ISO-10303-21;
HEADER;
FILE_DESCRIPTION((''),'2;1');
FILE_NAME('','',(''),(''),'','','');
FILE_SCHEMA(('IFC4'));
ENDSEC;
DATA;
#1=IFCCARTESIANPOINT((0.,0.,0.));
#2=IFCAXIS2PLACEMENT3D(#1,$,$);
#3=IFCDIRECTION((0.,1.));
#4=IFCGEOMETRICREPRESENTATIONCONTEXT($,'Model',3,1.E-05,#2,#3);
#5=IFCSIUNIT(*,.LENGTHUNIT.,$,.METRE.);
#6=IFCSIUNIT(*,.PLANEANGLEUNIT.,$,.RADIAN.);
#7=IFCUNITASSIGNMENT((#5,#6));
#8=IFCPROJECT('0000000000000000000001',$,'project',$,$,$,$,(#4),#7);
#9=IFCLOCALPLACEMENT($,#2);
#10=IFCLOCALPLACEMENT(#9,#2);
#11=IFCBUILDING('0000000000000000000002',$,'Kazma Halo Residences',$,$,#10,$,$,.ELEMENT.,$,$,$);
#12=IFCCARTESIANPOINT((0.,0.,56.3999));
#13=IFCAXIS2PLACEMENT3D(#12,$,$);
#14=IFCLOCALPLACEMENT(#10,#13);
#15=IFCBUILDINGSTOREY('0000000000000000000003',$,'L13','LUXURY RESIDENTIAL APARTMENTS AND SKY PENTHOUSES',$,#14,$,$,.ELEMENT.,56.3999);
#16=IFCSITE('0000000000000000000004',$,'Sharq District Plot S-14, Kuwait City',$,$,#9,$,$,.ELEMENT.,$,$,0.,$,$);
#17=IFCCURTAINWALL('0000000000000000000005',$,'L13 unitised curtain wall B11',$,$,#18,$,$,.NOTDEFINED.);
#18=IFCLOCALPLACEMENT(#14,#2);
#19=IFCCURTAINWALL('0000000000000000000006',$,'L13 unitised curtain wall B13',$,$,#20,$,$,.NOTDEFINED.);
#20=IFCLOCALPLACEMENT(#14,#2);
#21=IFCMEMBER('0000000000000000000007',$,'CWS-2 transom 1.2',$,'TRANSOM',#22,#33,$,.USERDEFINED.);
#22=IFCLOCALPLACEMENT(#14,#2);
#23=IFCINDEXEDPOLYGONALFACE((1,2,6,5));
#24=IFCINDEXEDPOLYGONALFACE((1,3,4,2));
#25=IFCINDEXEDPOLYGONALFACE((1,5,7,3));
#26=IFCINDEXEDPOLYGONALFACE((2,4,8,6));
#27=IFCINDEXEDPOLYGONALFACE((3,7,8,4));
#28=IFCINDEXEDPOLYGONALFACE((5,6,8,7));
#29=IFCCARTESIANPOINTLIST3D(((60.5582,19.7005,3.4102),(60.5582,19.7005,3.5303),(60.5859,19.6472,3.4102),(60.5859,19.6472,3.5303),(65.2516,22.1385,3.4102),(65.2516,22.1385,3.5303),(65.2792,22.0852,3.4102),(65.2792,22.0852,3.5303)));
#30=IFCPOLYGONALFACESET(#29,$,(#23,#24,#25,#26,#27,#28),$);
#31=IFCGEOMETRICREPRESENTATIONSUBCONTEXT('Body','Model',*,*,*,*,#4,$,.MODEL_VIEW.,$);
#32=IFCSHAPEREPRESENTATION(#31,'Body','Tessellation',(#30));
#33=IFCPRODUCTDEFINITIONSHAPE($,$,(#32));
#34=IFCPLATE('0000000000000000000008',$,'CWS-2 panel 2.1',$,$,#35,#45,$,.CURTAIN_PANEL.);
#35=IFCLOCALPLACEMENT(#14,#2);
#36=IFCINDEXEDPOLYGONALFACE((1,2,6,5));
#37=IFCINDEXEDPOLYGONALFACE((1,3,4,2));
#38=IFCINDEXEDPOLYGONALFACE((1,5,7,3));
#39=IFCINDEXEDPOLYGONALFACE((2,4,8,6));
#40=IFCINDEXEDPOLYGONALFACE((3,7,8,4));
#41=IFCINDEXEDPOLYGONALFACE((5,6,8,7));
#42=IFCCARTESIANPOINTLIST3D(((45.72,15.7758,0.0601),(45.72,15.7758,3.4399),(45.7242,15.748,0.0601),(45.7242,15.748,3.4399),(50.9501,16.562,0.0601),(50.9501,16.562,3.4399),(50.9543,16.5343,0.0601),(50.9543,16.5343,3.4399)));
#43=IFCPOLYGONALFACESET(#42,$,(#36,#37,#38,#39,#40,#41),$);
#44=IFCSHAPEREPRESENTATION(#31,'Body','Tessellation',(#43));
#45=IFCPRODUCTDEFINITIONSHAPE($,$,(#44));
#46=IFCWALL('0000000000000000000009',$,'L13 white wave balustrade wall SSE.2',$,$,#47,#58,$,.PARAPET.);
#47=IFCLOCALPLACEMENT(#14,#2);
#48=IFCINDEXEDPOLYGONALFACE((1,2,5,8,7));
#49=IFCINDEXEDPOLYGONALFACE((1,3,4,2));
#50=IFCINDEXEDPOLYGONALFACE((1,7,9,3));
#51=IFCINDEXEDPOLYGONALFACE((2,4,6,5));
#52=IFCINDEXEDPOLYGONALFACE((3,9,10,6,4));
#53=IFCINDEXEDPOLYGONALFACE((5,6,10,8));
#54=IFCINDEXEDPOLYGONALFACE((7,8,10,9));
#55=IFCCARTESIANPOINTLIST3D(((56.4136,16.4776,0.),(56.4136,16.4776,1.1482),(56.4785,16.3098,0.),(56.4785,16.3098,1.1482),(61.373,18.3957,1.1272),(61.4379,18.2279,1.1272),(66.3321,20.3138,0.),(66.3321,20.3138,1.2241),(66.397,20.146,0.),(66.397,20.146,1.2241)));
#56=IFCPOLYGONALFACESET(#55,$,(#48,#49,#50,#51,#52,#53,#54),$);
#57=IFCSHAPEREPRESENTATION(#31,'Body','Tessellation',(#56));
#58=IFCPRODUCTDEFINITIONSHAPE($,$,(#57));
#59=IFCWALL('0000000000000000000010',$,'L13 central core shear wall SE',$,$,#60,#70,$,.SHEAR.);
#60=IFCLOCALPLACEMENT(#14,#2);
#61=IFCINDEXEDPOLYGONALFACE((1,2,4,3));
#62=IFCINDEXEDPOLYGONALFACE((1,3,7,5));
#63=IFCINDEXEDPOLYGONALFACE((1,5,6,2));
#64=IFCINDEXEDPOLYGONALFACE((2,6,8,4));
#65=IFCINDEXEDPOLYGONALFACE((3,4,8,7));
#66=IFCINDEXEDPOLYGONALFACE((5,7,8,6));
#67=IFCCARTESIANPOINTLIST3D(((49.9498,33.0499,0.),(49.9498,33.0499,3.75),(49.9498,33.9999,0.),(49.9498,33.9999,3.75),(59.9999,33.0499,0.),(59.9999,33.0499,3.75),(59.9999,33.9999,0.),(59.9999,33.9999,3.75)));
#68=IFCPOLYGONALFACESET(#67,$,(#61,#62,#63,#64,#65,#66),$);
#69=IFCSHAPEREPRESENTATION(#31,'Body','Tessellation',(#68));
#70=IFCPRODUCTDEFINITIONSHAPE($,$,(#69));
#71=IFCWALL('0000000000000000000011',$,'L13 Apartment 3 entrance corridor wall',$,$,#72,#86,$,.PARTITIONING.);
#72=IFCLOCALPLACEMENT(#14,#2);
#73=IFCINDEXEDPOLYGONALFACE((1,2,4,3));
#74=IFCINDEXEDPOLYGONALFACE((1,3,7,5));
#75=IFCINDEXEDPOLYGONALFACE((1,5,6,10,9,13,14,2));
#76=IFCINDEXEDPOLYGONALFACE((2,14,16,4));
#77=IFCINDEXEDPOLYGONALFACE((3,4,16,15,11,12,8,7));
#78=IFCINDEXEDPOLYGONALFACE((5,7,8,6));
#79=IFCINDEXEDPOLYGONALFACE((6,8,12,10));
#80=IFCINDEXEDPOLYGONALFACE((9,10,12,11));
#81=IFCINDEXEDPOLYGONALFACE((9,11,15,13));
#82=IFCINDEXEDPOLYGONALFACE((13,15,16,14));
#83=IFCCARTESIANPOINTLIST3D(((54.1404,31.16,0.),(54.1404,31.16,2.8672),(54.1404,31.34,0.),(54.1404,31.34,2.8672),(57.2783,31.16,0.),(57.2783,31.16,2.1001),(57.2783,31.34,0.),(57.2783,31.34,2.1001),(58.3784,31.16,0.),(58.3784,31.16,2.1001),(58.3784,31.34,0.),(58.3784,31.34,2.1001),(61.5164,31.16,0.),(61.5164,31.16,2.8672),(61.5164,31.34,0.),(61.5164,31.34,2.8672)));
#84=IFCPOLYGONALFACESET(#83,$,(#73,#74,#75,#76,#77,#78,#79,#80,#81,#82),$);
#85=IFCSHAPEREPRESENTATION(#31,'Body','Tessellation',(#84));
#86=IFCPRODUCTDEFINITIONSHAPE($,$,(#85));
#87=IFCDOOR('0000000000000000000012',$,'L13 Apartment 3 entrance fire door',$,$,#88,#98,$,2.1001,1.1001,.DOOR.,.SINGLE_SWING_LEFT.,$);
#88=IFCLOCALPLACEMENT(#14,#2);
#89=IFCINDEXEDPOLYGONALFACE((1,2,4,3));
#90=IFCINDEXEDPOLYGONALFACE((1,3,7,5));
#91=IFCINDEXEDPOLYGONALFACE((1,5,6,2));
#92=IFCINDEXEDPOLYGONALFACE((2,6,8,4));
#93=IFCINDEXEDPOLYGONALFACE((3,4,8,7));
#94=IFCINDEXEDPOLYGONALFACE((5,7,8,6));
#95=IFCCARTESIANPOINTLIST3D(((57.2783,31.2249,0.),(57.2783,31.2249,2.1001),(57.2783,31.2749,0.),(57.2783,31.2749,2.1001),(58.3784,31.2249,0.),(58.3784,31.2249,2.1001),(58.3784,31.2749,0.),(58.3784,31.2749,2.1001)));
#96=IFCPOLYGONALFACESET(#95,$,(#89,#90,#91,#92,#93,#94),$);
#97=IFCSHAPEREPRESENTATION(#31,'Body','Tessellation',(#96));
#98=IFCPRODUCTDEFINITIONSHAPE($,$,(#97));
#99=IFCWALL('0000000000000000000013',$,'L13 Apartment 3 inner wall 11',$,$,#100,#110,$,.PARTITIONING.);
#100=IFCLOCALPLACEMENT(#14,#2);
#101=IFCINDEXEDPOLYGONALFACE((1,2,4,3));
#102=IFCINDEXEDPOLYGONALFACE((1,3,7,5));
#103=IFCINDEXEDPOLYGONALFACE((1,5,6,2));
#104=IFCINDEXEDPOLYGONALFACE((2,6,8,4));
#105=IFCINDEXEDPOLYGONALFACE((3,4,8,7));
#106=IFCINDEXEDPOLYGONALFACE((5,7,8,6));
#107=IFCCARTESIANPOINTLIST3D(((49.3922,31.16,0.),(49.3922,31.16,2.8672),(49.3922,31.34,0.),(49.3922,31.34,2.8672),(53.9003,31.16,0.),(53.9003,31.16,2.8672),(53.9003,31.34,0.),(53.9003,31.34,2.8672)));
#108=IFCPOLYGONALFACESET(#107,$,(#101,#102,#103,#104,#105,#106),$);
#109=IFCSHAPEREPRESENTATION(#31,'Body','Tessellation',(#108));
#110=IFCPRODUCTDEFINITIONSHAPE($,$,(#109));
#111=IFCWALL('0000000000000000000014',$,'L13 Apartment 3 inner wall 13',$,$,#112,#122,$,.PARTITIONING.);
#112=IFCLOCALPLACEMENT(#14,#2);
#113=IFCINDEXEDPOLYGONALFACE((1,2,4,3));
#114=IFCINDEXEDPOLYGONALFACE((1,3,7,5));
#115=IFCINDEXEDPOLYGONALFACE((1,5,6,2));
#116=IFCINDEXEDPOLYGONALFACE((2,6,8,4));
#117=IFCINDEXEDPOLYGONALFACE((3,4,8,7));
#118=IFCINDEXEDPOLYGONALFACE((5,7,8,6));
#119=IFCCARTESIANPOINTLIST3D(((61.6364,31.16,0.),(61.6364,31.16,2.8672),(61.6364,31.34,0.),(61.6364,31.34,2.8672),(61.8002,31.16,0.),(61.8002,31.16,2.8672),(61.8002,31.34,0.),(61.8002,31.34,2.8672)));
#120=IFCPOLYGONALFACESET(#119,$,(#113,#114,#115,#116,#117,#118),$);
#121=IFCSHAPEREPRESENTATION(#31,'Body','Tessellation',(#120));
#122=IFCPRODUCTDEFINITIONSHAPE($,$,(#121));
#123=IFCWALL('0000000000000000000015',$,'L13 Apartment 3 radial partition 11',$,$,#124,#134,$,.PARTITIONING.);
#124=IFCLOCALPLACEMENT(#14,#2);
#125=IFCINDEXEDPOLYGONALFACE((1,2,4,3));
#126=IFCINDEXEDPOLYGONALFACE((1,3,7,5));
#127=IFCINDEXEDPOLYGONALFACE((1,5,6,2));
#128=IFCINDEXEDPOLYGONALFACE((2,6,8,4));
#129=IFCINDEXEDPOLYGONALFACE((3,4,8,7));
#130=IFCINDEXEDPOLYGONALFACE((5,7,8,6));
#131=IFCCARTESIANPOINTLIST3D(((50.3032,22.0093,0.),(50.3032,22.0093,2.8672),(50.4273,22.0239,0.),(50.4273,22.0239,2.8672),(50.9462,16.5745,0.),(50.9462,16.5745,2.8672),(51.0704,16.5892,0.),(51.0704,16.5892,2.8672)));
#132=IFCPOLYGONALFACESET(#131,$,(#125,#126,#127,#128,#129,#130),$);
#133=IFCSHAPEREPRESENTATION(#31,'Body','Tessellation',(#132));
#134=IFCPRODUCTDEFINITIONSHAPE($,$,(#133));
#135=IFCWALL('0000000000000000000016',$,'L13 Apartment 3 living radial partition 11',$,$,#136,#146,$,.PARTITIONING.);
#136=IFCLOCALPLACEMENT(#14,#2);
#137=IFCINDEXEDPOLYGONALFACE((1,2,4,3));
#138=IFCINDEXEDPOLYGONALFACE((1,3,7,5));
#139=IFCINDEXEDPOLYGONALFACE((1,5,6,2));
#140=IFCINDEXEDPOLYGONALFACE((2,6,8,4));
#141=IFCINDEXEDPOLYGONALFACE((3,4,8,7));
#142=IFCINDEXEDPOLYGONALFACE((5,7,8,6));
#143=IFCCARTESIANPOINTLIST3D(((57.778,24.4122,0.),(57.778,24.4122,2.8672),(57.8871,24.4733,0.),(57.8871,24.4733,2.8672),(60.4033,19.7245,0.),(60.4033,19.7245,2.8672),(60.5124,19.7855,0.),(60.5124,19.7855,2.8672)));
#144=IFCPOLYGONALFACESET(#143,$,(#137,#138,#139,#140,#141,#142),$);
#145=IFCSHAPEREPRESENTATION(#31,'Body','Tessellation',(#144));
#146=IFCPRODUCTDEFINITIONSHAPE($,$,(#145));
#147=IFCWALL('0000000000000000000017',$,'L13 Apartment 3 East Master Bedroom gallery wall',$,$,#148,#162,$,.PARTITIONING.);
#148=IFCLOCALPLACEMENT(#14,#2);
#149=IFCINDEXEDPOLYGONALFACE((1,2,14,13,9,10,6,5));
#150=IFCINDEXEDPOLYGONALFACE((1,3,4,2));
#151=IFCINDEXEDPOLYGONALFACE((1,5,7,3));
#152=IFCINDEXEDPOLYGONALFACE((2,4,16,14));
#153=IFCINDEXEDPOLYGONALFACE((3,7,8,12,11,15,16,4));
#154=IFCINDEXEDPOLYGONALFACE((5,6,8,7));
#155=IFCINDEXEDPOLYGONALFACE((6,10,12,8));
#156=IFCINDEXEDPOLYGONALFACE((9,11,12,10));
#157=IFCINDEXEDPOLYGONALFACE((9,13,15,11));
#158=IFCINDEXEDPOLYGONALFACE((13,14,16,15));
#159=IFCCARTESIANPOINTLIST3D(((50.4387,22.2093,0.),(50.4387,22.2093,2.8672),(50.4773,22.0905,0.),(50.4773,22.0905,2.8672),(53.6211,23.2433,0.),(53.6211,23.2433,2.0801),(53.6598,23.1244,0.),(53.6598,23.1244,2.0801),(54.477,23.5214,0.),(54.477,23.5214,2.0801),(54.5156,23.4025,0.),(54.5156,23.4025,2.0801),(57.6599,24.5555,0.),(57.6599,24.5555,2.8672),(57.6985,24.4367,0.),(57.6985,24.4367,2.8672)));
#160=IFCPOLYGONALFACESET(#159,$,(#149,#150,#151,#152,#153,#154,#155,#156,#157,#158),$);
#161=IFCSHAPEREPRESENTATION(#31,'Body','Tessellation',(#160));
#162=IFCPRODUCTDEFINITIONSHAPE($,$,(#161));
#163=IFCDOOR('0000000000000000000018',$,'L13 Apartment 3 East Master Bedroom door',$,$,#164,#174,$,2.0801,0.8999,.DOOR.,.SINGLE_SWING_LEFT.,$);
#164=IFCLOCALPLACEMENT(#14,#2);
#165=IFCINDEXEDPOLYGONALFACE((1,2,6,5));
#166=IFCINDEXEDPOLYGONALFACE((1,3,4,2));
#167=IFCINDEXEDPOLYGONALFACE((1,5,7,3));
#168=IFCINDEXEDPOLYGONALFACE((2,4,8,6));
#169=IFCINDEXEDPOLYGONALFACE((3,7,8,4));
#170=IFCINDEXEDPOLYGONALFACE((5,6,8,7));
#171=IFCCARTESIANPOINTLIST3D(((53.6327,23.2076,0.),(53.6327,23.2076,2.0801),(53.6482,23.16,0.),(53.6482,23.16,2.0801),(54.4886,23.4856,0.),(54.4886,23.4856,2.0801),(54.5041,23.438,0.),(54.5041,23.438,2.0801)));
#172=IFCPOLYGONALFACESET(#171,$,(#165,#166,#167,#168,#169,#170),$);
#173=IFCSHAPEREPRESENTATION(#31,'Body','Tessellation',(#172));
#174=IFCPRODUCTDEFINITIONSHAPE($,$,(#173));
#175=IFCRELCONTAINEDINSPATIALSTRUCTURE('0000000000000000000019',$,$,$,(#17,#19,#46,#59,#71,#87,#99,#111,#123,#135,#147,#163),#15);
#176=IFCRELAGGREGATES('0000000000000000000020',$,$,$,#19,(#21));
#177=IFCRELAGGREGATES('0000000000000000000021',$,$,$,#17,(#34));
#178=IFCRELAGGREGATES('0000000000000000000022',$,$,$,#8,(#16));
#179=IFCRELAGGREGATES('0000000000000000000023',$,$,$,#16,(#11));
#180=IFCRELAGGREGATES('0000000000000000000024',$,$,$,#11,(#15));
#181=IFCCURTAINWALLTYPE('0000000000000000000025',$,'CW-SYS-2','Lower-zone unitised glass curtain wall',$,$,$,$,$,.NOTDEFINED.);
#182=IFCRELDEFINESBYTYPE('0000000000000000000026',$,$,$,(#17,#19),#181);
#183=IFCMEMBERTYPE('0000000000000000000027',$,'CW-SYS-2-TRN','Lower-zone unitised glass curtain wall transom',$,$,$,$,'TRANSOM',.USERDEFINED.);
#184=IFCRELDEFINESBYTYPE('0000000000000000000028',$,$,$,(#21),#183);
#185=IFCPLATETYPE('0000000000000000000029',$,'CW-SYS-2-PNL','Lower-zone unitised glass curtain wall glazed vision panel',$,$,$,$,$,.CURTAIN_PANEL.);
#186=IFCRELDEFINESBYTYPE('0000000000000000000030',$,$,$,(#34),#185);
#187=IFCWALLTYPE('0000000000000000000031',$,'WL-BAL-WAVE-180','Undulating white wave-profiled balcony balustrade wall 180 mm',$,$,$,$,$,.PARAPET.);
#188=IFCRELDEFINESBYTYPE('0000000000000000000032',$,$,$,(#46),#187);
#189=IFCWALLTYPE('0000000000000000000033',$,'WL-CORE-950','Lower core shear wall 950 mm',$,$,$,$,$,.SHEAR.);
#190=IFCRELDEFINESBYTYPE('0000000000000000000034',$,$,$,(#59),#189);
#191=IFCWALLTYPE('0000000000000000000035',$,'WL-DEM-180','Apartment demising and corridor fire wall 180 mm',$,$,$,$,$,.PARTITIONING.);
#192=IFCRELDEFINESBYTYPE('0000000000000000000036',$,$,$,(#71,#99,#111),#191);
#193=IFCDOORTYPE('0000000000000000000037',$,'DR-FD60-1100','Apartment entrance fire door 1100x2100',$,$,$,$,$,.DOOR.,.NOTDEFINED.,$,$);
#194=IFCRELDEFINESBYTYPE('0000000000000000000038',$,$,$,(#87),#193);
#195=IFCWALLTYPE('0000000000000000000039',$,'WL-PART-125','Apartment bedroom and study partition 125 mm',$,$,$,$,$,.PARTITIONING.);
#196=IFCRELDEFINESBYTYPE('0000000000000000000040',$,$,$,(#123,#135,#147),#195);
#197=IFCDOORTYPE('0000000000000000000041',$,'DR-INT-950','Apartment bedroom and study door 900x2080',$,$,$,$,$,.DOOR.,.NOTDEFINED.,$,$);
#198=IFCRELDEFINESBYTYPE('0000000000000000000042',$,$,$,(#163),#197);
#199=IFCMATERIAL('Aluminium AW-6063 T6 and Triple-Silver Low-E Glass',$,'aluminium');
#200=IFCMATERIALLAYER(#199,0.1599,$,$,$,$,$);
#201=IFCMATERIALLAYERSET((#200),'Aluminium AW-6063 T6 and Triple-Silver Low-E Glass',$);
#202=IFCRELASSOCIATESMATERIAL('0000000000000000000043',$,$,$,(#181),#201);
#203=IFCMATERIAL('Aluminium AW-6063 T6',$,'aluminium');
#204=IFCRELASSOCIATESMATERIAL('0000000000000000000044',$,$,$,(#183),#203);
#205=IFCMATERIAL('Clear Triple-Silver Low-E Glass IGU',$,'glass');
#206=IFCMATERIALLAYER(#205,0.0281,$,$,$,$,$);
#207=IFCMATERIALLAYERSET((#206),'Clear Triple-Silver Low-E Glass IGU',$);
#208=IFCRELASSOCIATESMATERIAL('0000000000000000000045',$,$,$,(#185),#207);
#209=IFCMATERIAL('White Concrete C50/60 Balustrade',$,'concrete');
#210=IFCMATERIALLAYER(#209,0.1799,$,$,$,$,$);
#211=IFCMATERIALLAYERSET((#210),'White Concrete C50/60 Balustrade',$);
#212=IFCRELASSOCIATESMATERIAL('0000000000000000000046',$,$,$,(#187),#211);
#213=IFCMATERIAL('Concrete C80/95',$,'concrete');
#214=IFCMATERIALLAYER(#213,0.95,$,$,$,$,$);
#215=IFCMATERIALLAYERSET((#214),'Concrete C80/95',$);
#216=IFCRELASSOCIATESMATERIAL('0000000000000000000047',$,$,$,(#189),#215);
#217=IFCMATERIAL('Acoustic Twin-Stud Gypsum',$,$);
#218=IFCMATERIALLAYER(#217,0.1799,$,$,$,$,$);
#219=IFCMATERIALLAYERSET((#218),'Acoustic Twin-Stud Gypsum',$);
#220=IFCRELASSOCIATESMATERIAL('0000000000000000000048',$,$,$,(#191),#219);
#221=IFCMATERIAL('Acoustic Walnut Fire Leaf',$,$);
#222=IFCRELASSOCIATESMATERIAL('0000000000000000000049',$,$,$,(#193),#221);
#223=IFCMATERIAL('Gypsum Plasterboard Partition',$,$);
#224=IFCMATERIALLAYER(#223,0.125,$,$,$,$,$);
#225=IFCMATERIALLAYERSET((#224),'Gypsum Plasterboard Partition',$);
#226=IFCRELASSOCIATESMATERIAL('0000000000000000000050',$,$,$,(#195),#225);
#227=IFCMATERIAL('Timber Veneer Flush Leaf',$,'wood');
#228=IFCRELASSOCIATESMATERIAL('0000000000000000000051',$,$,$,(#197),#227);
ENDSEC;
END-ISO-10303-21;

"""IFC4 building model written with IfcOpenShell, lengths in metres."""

from ifc_helpers import new_model, si_unit, direction, frame, frame_2d, origin, origin_2d, place, context, subcontext, project, spatial, polyline, rectangle, outline, extrude, material, layer, layer_set, material_profile, profile_set, type_object, element, fill, aggregate, save


model = new_model("IFC4")

# Units and contexts
model_context = context("Model", 3, precision=1e-05, world=origin(), true_north=direction((0.0, 1.0)))
body_context = subcontext(model_context, "Body", "Model", "MODEL_VIEW")
ifc_project = project(units=[si_unit("LENGTHUNIT", "METRE"), si_unit("PLANEANGLEUNIT", "RADIAN")], contexts=[model_context])

# Site, building, storey
site_placement = place(None, origin())
site = spatial("IfcSite", under=ifc_project, at=site_placement, Name="Sharq District Plot S-14, Kuwait City", CompositionType="ELEMENT", RefElevation=0.0)
building_placement = place(site_placement, origin())
building = spatial("IfcBuilding", under=site, at=building_placement, Name="Kazma Halo Residences", CompositionType="ELEMENT")
storey_placement = place(building_placement, frame((0.0, 0.0, 56.3999)))
storey = spatial("IfcBuildingStorey", under=building, at=storey_placement, Name="L13", Description="LUXURY RESIDENTIAL APARTMENTS AND SKY PENTHOUSES", CompositionType="ELEMENT", Elevation=56.3999)

# Shared definitions
ifc_material_1 = material(Name="Concrete C80/95", Category="concrete")

# Curtain wall
ifc_material_2 = material(Name="Aluminium AW-6063 T6 and Triple-Silver Low-E Glass", Category="aluminium")
ifc_layer_1 = layer(ifc_material_2, 0.1599)
ifc_layer_set_1 = layer_set([ifc_layer_1], Name="Aluminium AW-6063 T6 and Triple-Silver Low-E Glass")
curtain_wall_type = type_object("IfcCurtainWallType", Name="CW-SYS-2", Description="Lower-zone unitised glass curtain wall", PredefinedType="NOTDEFINED", material=ifc_layer_set_1)
curtain_wall_1_placement = place(storey_placement, origin())
curtain_wall_1 = element("IfcCurtainWall", 1, at=curtain_wall_1_placement, inside=storey, type_object=curtain_wall_type, Name="L13 unitised curtain wall B11", PredefinedType="NOTDEFINED")
ifc_material_3 = material(Name="Aluminium AW-6063 T6", Category="aluminium")

# Curtain wall, member
curtain_wall_2_placement = place(storey_placement, origin())
curtain_wall_2 = element("IfcCurtainWall", 2, at=curtain_wall_2_placement, inside=storey, type_object=curtain_wall_type, Name="L13 unitised curtain wall B13", PredefinedType="NOTDEFINED")
ifc_material_profile_1 = material_profile(ifc_material_3, rectangle(XDim=0.0601, YDim=0.1201, at=origin_2d()), Name="CWT-60x120")
ifc_profile_set_1 = profile_set([ifc_material_profile_1], Name="Aluminium AW-6063 T6")
member_type_1 = type_object("IfcMemberType", Name="CW-SYS-2-TRN", Description="Lower-zone unitised glass curtain wall transom", ElementType="TRANSOM", PredefinedType="USERDEFINED", material=ifc_profile_set_1)
member_1_placement = place(storey_placement, frame((60.572, 19.6738, 3.4702), z_axis=(0.887415, 0.460972, 0.0), x_axis=(-0.460972, 0.887415, 0.0)))
member_1 = element("IfcMember", 3, at=member_1_placement, type_object=member_type_1, Name="CWS-2 transom 1.2", ObjectType="TRANSOM", PredefinedType="USERDEFINED", context=body_context, shape_type="SweptSolid", body=[
    extrude(rectangle(XDim=0.0601, YDim=0.1201, at=origin_2d()), origin(), (0.0, 0.0, 1.0), 5.2888),
])
aggregate(curtain_wall_2, [member_1])

# Plate
ifc_material_4 = material(Name="Clear Triple-Silver Low-E Glass IGU", Category="glass")
ifc_layer_2 = layer(ifc_material_4, 0.0281)
ifc_layer_set_2 = layer_set([ifc_layer_2], Name="Clear Triple-Silver Low-E Glass IGU")
plate_type = type_object("IfcPlateType", Name="CW-SYS-2-PNL", Description="Lower-zone unitised glass curtain wall glazed vision panel", PredefinedType="CURTAIN_PANEL", material=ifc_layer_set_2)
plate_placement = place(storey_placement, frame((48.3372, 16.155, 0.0601), z_axis=(0.0, 0.0, 1.0), x_axis=(0.988889, 0.148657, 0.0)))
plate = element("IfcPlate", 4, at=plate_placement, type_object=plate_type, Name="CWS-2 panel 2.1", PredefinedType="CURTAIN_PANEL", context=body_context, shape_type="SweptSolid", body=[
    extrude(rectangle(XDim=5.2888, YDim=0.0281, at=origin_2d()), origin(), (0.0, 0.0, 1.0), 3.3799),
])
aggregate(curtain_wall_1, [plate])

# Walls
ifc_material_5 = material(Name="White Concrete C50/60 Balustrade", Category="concrete")
ifc_layer_3 = layer(ifc_material_5, 0.1799)
ifc_layer_set_3 = layer_set([ifc_layer_3], Name="White Concrete C50/60 Balustrade")
wall_type_1 = type_object("IfcWallType", Name="WL-BAL-WAVE-180", Description="Undulating white wave-profiled balcony balustrade wall 180 mm", PredefinedType="PARAPET", material=ifc_layer_set_3)
wall_1_placement = place(storey_placement, frame((56.446, 16.3938, 0.0), z_axis=(0.0, 0.0, 1.0), x_axis=(0.93267, 0.360731, 0.0)))
element("IfcWall", 5, at=wall_1_placement, inside=storey, type_object=wall_type_1, Name="L13 white wave balustrade wall SSE.2", PredefinedType="PARAPET", context=body_context, shape_type="SweptSolid", body=[
    extrude(outline(polyline([(0.0, 0.0), (10.6345, 0.0), (10.6345, 1.2241), (5.3174, 1.1272), (0.0, 1.1482), (0.0, 0.0)])), frame((0.0, 0.0898, 0.0), z_axis=(0.0, -1.0, 0.0), x_axis=(1.0, 0.0, 0.0)), (0.0, 0.0, 1.0), 0.1799),
])
ifc_layer_4 = layer(ifc_material_1, 0.95)
ifc_layer_set_4 = layer_set([ifc_layer_4], Name="Concrete C80/95")
wall_type_2 = type_object("IfcWallType", Name="WL-CORE-950", Description="Lower core shear wall 950 mm", PredefinedType="SHEAR", material=ifc_layer_set_4)
wall_2_placement = place(storey_placement, frame((49.95, 33.5249, 0.0), z_axis=(0.0, 0.0, 1.0), x_axis=(1.0, 0.0, 0.0)))
element("IfcWall", 6, at=wall_2_placement, inside=storey, type_object=wall_type_2, Name="L13 central core shear wall SE", PredefinedType="SHEAR", context=body_context, shape_type="SweptSolid", body=[
    extrude(rectangle(XDim=10.05, YDim=0.95, at=frame_2d((5.0249, 0.0))), origin(), (0.0, 0.0, 1.0), 3.75),
])

# Wall, opening, door
ifc_material_6 = material(Name="Acoustic Twin-Stud Gypsum")
ifc_layer_5 = layer(ifc_material_6, 0.1799)
ifc_layer_set_5 = layer_set([ifc_layer_5], Name="Acoustic Twin-Stud Gypsum")
wall_type_3 = type_object("IfcWallType", Name="WL-DEM-180", Description="Apartment demising and corridor fire wall 180 mm", PredefinedType="PARTITIONING", material=ifc_layer_set_5)
wall_3_placement = place(storey_placement, frame((54.1404, 31.25, 0.0), z_axis=(0.0, 0.0, 1.0), x_axis=(1.0, 0.0, 0.0)))
wall_3 = element("IfcWall", 7, at=wall_3_placement, inside=storey, type_object=wall_type_3, Name="L13 Apartment 3 entrance corridor wall", PredefinedType="PARTITIONING", context=body_context, shape_type="SweptSolid", body=[
    extrude(rectangle(XDim=7.376, YDim=0.1799, at=frame_2d((3.688, 0.0))), origin(), (0.0, 0.0, 1.0), 2.8672),
])
opening_1_placement = place(wall_3_placement, frame((3.1379, 0.0, 0.0)))
opening_1 = element("IfcOpeningElement", 8, at=opening_1_placement, cuts=wall_3, PredefinedType="OPENING", context=body_context, shape_type="SweptSolid", body=[
    extrude(rectangle(XDim=1.1001, YDim=2.1001, at=frame_2d((0.55, 1.05))), frame((0.0, 0.0999, 0.0), z_axis=(0.0, -1.0, 0.0), x_axis=(1.0, 0.0, 0.0)), (0.0, 0.0, 1.0), 0.2),
])
ifc_material_7 = material(Name="Acoustic Walnut Fire Leaf")
door_type_1 = type_object("IfcDoorType", Name="DR-FD60-1100", Description="Apartment entrance fire door 1100x2100", OperationType="NOTDEFINED", PredefinedType="DOOR", material=ifc_material_7)
door_1_placement = place(opening_1_placement, origin())
door_1 = element("IfcDoor", 9, at=door_1_placement, inside=storey, type_object=door_type_1, Name="L13 Apartment 3 entrance fire door", OperationType="SINGLE_SWING_LEFT", OverallHeight=2.1001, OverallWidth=1.1001, PredefinedType="DOOR", context=body_context, shape_type="SweptSolid", body=[
    extrude(rectangle(XDim=1.1001, YDim=2.1001, at=frame_2d((0.55, 1.05))), frame((0.0, 0.0249, 0.0), z_axis=(0.0, -1.0, 0.0), x_axis=(1.0, 0.0, 0.0)), (0.0, 0.0, 1.0), 0.05),
])
fill(opening_1, door_1)

# Walls
wall_4_placement = place(storey_placement, frame((49.3923, 31.25, 0.0), z_axis=(0.0, 0.0, 1.0), x_axis=(1.0, 0.0, 0.0)))
element("IfcWall", 10, at=wall_4_placement, inside=storey, type_object=wall_type_3, Name="L13 Apartment 3 inner wall 11", PredefinedType="PARTITIONING", context=body_context, shape_type="SweptSolid", body=[
    extrude(rectangle(XDim=4.5081, YDim=0.1799, at=frame_2d((2.2539, 0.0))), origin(), (0.0, 0.0, 1.0), 2.8672),
])
wall_5_placement = place(storey_placement, frame((61.6362, 31.25, 0.0), z_axis=(0.0, 0.0, 1.0), x_axis=(1.0, 0.0, 0.0)))
element("IfcWall", 11, at=wall_5_placement, inside=storey, type_object=wall_type_3, Name="L13 Apartment 3 inner wall 13", PredefinedType="PARTITIONING", context=body_context, shape_type="SweptSolid", body=[
    extrude(rectangle(XDim=0.1638, YDim=0.1799, at=frame_2d((0.082, 0.0))), origin(), (0.0, 0.0, 1.0), 2.8672),
])

# Walls
ifc_material_8 = material(Name="Gypsum Plasterboard Partition")
ifc_layer_6 = layer(ifc_material_8, 0.125)
ifc_layer_set_6 = layer_set([ifc_layer_6], Name="Gypsum Plasterboard Partition")
wall_type_4 = type_object("IfcWallType", Name="WL-PART-125", Description="Apartment bedroom and study partition 125 mm", PredefinedType="PARTITIONING", material=ifc_layer_set_6)
wall_6_placement = place(storey_placement, frame((50.3652, 22.0166, 0.0), z_axis=(0.0, 0.0, 1.0), x_axis=(0.117504, -0.993072, 0.0)))
element("IfcWall", 12, at=wall_6_placement, inside=storey, type_object=wall_type_4, Name="L13 Apartment 3 radial partition 11", PredefinedType="PARTITIONING", context=body_context, shape_type="SweptSolid", body=[
    extrude(rectangle(XDim=5.4727, YDim=0.125, at=frame_2d((2.7363, 0.0))), origin(), (0.0, 0.0, 1.0), 2.8672),
])
wall_7_placement = place(storey_placement, frame((57.8325, 24.4429, 0.0), z_axis=(0.0, 0.0, 1.0), x_axis=(0.488619, -0.872497, 0.0)))
element("IfcWall", 13, at=wall_7_placement, inside=storey, type_object=wall_type_4, Name="L13 Apartment 3 living radial partition 11", PredefinedType="PARTITIONING", context=body_context, shape_type="SweptSolid", body=[
    extrude(rectangle(XDim=5.3728, YDim=0.125, at=frame_2d((2.6865, 0.0))), origin(), (0.0, 0.0, 1.0), 2.8672),
])

# Wall, opening, door
wall_8_placement = place(storey_placement, frame((50.458, 22.1499, 0.0), z_axis=(0.0, 0.0, 1.0), x_axis=(0.951061, 0.309003, 0.0)))
wall_8 = element("IfcWall", 14, at=wall_8_placement, inside=storey, type_object=wall_type_4, Name="L13 Apartment 3 East Master Bedroom gallery wall", PredefinedType="PARTITIONING", context=body_context, shape_type="SweptSolid", body=[
    extrude(rectangle(XDim=7.5928, YDim=0.125, at=frame_2d((3.7964, 0.0))), origin(), (0.0, 0.0, 1.0), 2.8672),
])
opening_2_placement = place(wall_8_placement, frame((3.3462, 0.0, 0.0)))
opening_2 = element("IfcOpeningElement", 15, at=opening_2_placement, cuts=wall_8, PredefinedType="OPENING", context=body_context, shape_type="SweptSolid", body=[
    extrude(rectangle(XDim=0.8999, YDim=2.0801, at=frame_2d((0.45, 1.04))), frame((0.0, 0.0725, 0.0), z_axis=(0.0, -1.0, 0.0), x_axis=(1.0, 0.0, 0.0)), (0.0, 0.0, 1.0), 0.145),
])
ifc_material_9 = material(Name="Timber Veneer Flush Leaf", Category="wood")
door_type_2 = type_object("IfcDoorType", Name="DR-INT-950", Description="Apartment bedroom and study door 900x2080", OperationType="NOTDEFINED", PredefinedType="DOOR", material=ifc_material_9)
door_2_placement = place(opening_2_placement, origin())
door_2 = element("IfcDoor", 16, at=door_2_placement, inside=storey, type_object=door_type_2, Name="L13 Apartment 3 East Master Bedroom door", OperationType="SINGLE_SWING_LEFT", OverallHeight=2.0801, OverallWidth=0.8999, PredefinedType="DOOR", context=body_context, shape_type="SweptSolid", body=[
    extrude(rectangle(XDim=0.8999, YDim=2.0801, at=frame_2d((0.45, 1.04))), frame((0.0, 0.0249, 0.0), z_axis=(0.0, -1.0, 0.0), x_axis=(1.0, 0.0, 0.0)), (0.0, 0.0, 1.0), 0.05),
])
fill(opening_2, door_2)

save(model, "model.ifc")
